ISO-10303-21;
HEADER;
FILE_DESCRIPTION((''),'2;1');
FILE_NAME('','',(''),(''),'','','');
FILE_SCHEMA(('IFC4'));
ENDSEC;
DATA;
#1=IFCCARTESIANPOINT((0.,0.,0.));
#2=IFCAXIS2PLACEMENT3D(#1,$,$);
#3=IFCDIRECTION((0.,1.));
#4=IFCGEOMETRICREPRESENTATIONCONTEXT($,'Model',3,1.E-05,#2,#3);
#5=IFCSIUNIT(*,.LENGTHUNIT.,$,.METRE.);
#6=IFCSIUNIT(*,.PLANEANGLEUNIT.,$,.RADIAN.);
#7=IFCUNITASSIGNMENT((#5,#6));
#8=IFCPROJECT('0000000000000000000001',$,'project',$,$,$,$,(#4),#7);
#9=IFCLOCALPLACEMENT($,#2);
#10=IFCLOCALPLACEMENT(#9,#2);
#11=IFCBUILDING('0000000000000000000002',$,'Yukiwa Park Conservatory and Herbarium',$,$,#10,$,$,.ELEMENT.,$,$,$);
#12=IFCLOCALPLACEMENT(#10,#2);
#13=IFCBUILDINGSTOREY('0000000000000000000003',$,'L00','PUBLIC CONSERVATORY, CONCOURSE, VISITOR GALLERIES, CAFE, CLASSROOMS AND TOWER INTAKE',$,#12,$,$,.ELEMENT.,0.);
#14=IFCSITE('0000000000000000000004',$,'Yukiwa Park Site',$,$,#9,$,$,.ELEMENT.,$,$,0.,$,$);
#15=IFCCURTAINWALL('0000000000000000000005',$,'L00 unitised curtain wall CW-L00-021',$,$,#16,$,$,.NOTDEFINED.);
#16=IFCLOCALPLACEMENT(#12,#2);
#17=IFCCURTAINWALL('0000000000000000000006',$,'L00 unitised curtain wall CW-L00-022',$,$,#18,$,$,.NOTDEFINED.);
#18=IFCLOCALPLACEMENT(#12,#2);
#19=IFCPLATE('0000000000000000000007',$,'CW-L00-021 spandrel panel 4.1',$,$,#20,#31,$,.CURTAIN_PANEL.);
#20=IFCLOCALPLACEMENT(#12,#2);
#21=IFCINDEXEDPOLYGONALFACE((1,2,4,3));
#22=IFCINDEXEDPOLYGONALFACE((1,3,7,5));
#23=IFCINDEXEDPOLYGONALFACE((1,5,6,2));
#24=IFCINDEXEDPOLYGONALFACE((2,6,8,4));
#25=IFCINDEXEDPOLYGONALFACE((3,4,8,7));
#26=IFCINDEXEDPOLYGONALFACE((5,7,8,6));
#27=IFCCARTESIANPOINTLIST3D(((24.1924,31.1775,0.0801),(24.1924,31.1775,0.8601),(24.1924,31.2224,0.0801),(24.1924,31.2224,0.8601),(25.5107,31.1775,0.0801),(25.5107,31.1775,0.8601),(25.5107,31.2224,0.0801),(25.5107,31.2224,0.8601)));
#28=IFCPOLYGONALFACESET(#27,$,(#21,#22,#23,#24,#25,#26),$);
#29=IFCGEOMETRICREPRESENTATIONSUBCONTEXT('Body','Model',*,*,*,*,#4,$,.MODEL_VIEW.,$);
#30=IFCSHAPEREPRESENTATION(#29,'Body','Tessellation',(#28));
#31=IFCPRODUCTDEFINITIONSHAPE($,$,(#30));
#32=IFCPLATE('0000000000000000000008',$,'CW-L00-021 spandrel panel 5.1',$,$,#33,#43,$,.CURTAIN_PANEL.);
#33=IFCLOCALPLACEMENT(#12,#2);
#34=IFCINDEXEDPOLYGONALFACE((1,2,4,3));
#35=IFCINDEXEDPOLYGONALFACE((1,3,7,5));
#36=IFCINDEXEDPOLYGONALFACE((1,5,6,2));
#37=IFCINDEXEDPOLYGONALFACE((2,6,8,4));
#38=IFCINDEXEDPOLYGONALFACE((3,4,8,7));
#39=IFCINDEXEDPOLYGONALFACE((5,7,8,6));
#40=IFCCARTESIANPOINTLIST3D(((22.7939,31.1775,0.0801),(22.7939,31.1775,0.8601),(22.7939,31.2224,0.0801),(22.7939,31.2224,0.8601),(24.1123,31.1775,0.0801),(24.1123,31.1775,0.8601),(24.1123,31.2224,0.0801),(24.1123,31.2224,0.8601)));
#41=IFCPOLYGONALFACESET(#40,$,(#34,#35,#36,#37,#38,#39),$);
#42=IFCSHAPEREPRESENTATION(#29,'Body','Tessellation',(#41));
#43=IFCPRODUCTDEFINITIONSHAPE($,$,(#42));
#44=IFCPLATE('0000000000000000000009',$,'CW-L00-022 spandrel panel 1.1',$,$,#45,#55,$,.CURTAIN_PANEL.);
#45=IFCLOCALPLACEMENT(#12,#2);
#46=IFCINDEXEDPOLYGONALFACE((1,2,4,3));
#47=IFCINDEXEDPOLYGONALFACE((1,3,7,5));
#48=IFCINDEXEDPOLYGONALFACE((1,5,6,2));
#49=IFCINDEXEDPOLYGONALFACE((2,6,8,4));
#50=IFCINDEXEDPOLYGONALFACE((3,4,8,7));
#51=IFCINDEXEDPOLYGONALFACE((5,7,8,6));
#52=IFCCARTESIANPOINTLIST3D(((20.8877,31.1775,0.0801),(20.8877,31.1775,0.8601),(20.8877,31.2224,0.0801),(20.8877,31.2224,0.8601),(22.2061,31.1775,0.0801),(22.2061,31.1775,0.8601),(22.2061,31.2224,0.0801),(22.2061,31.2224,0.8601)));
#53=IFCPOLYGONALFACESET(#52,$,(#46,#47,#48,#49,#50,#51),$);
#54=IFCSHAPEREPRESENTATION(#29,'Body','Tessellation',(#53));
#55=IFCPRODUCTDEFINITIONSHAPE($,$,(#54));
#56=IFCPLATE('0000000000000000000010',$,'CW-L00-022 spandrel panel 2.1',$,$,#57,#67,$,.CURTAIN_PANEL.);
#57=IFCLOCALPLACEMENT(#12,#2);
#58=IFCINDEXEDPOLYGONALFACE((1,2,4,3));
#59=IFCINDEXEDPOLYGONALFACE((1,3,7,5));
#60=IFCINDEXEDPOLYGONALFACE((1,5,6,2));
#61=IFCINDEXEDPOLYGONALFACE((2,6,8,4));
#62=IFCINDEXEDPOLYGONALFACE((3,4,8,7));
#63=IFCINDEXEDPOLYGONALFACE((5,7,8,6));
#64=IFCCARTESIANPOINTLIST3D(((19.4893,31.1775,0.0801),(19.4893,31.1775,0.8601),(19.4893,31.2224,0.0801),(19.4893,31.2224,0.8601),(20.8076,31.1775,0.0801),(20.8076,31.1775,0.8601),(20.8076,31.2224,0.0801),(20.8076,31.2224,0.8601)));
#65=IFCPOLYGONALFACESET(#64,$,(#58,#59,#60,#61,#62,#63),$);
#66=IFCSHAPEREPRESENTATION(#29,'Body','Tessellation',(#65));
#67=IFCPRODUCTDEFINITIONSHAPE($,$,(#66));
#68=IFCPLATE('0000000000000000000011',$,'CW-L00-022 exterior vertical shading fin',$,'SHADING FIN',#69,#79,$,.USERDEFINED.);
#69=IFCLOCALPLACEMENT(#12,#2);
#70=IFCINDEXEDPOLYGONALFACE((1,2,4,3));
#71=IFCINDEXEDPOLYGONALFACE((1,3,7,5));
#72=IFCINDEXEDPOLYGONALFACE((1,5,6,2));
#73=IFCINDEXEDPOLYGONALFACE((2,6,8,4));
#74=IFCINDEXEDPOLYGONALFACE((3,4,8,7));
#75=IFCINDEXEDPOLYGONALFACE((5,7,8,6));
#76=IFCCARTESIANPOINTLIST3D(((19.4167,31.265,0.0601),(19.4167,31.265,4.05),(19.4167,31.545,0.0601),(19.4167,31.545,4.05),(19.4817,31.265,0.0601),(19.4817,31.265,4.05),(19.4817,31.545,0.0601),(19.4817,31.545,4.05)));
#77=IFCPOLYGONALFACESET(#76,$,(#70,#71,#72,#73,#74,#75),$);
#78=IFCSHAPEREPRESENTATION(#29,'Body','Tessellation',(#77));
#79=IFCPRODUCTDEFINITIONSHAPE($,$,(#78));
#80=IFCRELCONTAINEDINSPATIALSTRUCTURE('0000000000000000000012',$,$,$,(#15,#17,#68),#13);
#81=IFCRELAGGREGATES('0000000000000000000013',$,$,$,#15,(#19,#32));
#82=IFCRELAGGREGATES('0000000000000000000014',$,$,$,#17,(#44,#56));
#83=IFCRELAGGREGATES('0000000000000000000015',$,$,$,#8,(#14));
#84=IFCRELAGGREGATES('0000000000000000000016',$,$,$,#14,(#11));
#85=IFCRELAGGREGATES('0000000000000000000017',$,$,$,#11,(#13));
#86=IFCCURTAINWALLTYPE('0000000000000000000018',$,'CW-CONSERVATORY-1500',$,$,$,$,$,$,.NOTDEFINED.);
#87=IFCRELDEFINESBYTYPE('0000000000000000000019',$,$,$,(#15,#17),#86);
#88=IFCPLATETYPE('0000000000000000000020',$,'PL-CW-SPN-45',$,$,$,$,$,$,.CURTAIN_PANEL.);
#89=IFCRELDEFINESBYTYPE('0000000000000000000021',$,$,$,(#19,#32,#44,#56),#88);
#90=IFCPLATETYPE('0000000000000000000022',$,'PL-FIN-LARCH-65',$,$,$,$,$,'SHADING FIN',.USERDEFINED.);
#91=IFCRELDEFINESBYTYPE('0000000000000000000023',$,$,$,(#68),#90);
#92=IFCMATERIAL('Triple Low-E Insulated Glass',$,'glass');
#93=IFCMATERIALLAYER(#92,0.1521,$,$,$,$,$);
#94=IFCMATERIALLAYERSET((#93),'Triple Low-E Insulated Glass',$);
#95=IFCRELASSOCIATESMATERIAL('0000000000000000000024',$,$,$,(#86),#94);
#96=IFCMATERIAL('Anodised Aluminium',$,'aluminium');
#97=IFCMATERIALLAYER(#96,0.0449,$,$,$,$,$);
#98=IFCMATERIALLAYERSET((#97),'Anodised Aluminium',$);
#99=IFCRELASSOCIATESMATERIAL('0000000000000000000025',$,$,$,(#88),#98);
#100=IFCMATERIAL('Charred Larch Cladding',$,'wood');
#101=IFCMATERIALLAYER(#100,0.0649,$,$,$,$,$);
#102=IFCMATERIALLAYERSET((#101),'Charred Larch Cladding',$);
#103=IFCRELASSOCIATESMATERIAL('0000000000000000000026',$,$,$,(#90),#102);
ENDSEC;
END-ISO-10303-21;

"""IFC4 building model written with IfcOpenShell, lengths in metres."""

from ifc_helpers import new_model, si_unit, direction, frame, origin, origin_2d, place, context, subcontext, project, spatial, rectangle, extrude, material, layer, layer_set, type_object, element, aggregate, save


model = new_model("IFC4")

# Units and contexts
model_context = context("Model", 3, precision=1e-05, world=origin(), true_north=direction((0.0, 1.0)))
body_context = subcontext(model_context, "Body", "Model", "MODEL_VIEW")
ifc_project = project(units=[si_unit("LENGTHUNIT", "METRE"), si_unit("PLANEANGLEUNIT", "RADIAN")], contexts=[model_context])

# Site, building, storey
site_placement = place(None, origin())
site = spatial("IfcSite", under=ifc_project, at=site_placement, Name="Yukiwa Park Site", CompositionType="ELEMENT", RefElevation=0.0)
building_placement = place(site_placement, origin())
building = spatial("IfcBuilding", under=site, at=building_placement, Name="Yukiwa Park Conservatory and Herbarium", CompositionType="ELEMENT")
storey_placement = place(building_placement, origin())
storey = spatial("IfcBuildingStorey", under=building, at=storey_placement, Name="L00", Description="PUBLIC CONSERVATORY, CONCOURSE, VISITOR GALLERIES, CAFE, CLASSROOMS AND TOWER INTAKE", CompositionType="ELEMENT", Elevation=0.0)

# Curtain walls
ifc_material_1 = material(Name="Triple Low-E Insulated Glass", Category="glass")
ifc_layer_1 = layer(ifc_material_1, 0.1521)
ifc_layer_set_1 = layer_set([ifc_layer_1], Name="Triple Low-E Insulated Glass")
curtain_wall_type = type_object("IfcCurtainWallType", Name="CW-CONSERVATORY-1500", PredefinedType="NOTDEFINED", material=ifc_layer_set_1)
curtain_wall_1_placement = place(storey_placement, origin())
curtain_wall_1 = element("IfcCurtainWall", 1, at=curtain_wall_1_placement, inside=storey, type_object=curtain_wall_type, Name="L00 unitised curtain wall CW-L00-021", PredefinedType="NOTDEFINED")
curtain_wall_2_placement = place(storey_placement, origin())
curtain_wall_2 = element("IfcCurtainWall", 2, at=curtain_wall_2_placement, inside=storey, type_object=curtain_wall_type, Name="L00 unitised curtain wall CW-L00-022", PredefinedType="NOTDEFINED")

# Plates
ifc_material_2 = material(Name="Anodised Aluminium", Category="aluminium")
ifc_layer_2 = layer(ifc_material_2, 0.0449)
ifc_layer_set_2 = layer_set([ifc_layer_2], Name="Anodised Aluminium")
plate_type_1 = type_object("IfcPlateType", Name="PL-CW-SPN-45", PredefinedType="CURTAIN_PANEL", material=ifc_layer_set_2)
plate_1_placement = place(storey_placement, frame((24.8516, 31.2, 0.0801), z_axis=(0.0, 0.0, 1.0), x_axis=(-1.0, 0.0, 0.0)))
plate_1 = element("IfcPlate", 3, at=plate_1_placement, type_object=plate_type_1, Name="CW-L00-021 spandrel panel 4.1", PredefinedType="CURTAIN_PANEL", context=body_context, shape_type="SweptSolid", body=[
    extrude(rectangle(XDim=1.3184, YDim=0.0449, at=origin_2d()), origin(), (0.0, 0.0, 1.0), 0.78),
])
plate_2_placement = place(storey_placement, frame((23.4531, 31.2, 0.0801), z_axis=(0.0, 0.0, 1.0), x_axis=(-1.0, 0.0, 0.0)))
plate_2 = element("IfcPlate", 4, at=plate_2_placement, type_object=plate_type_1, Name="CW-L00-021 spandrel panel 5.1", PredefinedType="CURTAIN_PANEL", context=body_context, shape_type="SweptSolid", body=[
    extrude(rectangle(XDim=1.3184, YDim=0.0449, at=origin_2d()), origin(), (0.0, 0.0, 1.0), 0.78),
])
aggregate(curtain_wall_1, [plate_1, plate_2])
plate_3_placement = place(storey_placement, frame((21.5469, 31.2, 0.0801), z_axis=(0.0, 0.0, 1.0), x_axis=(-1.0, 0.0, 0.0)))
plate_3 = element("IfcPlate", 5, at=plate_3_placement, type_object=plate_type_1, Name="CW-L00-022 spandrel panel 1.1", PredefinedType="CURTAIN_PANEL", context=body_context, shape_type="SweptSolid", body=[
    extrude(rectangle(XDim=1.3184, YDim=0.0449, at=origin_2d()), origin(), (0.0, 0.0, 1.0), 0.78),
])
plate_4_placement = place(storey_placement, frame((20.1484, 31.2, 0.0801), z_axis=(0.0, 0.0, 1.0), x_axis=(-1.0, 0.0, 0.0)))
plate_4 = element("IfcPlate", 6, at=plate_4_placement, type_object=plate_type_1, Name="CW-L00-022 spandrel panel 2.1", PredefinedType="CURTAIN_PANEL", context=body_context, shape_type="SweptSolid", body=[
    extrude(rectangle(XDim=1.3184, YDim=0.0449, at=origin_2d()), origin(), (0.0, 0.0, 1.0), 0.78),
])
aggregate(curtain_wall_2, [plate_3, plate_4])
ifc_material_3 = material(Name="Charred Larch Cladding", Category="wood")
ifc_layer_3 = layer(ifc_material_3, 0.0649)
ifc_layer_set_3 = layer_set([ifc_layer_3], Name="Charred Larch Cladding")
plate_type_2 = type_object("IfcPlateType", Name="PL-FIN-LARCH-65", ElementType="SHADING FIN", PredefinedType="USERDEFINED", material=ifc_layer_set_3)
plate_5_placement = place(storey_placement, frame((19.4492, 31.405, 0.0601), z_axis=(0.0, 0.0, 1.0), x_axis=(-1.0, 0.0, 0.0)))
element("IfcPlate", 7, at=plate_5_placement, inside=storey, type_object=plate_type_2, Name="CW-L00-022 exterior vertical shading fin", ObjectType="SHADING FIN", PredefinedType="USERDEFINED", context=body_context, shape_type="SweptSolid", body=[
    extrude(rectangle(XDim=0.0649, YDim=0.28, at=origin_2d()), origin(), (0.0, 0.0, 1.0), 3.99),
])

save(model, "model.ifc")
